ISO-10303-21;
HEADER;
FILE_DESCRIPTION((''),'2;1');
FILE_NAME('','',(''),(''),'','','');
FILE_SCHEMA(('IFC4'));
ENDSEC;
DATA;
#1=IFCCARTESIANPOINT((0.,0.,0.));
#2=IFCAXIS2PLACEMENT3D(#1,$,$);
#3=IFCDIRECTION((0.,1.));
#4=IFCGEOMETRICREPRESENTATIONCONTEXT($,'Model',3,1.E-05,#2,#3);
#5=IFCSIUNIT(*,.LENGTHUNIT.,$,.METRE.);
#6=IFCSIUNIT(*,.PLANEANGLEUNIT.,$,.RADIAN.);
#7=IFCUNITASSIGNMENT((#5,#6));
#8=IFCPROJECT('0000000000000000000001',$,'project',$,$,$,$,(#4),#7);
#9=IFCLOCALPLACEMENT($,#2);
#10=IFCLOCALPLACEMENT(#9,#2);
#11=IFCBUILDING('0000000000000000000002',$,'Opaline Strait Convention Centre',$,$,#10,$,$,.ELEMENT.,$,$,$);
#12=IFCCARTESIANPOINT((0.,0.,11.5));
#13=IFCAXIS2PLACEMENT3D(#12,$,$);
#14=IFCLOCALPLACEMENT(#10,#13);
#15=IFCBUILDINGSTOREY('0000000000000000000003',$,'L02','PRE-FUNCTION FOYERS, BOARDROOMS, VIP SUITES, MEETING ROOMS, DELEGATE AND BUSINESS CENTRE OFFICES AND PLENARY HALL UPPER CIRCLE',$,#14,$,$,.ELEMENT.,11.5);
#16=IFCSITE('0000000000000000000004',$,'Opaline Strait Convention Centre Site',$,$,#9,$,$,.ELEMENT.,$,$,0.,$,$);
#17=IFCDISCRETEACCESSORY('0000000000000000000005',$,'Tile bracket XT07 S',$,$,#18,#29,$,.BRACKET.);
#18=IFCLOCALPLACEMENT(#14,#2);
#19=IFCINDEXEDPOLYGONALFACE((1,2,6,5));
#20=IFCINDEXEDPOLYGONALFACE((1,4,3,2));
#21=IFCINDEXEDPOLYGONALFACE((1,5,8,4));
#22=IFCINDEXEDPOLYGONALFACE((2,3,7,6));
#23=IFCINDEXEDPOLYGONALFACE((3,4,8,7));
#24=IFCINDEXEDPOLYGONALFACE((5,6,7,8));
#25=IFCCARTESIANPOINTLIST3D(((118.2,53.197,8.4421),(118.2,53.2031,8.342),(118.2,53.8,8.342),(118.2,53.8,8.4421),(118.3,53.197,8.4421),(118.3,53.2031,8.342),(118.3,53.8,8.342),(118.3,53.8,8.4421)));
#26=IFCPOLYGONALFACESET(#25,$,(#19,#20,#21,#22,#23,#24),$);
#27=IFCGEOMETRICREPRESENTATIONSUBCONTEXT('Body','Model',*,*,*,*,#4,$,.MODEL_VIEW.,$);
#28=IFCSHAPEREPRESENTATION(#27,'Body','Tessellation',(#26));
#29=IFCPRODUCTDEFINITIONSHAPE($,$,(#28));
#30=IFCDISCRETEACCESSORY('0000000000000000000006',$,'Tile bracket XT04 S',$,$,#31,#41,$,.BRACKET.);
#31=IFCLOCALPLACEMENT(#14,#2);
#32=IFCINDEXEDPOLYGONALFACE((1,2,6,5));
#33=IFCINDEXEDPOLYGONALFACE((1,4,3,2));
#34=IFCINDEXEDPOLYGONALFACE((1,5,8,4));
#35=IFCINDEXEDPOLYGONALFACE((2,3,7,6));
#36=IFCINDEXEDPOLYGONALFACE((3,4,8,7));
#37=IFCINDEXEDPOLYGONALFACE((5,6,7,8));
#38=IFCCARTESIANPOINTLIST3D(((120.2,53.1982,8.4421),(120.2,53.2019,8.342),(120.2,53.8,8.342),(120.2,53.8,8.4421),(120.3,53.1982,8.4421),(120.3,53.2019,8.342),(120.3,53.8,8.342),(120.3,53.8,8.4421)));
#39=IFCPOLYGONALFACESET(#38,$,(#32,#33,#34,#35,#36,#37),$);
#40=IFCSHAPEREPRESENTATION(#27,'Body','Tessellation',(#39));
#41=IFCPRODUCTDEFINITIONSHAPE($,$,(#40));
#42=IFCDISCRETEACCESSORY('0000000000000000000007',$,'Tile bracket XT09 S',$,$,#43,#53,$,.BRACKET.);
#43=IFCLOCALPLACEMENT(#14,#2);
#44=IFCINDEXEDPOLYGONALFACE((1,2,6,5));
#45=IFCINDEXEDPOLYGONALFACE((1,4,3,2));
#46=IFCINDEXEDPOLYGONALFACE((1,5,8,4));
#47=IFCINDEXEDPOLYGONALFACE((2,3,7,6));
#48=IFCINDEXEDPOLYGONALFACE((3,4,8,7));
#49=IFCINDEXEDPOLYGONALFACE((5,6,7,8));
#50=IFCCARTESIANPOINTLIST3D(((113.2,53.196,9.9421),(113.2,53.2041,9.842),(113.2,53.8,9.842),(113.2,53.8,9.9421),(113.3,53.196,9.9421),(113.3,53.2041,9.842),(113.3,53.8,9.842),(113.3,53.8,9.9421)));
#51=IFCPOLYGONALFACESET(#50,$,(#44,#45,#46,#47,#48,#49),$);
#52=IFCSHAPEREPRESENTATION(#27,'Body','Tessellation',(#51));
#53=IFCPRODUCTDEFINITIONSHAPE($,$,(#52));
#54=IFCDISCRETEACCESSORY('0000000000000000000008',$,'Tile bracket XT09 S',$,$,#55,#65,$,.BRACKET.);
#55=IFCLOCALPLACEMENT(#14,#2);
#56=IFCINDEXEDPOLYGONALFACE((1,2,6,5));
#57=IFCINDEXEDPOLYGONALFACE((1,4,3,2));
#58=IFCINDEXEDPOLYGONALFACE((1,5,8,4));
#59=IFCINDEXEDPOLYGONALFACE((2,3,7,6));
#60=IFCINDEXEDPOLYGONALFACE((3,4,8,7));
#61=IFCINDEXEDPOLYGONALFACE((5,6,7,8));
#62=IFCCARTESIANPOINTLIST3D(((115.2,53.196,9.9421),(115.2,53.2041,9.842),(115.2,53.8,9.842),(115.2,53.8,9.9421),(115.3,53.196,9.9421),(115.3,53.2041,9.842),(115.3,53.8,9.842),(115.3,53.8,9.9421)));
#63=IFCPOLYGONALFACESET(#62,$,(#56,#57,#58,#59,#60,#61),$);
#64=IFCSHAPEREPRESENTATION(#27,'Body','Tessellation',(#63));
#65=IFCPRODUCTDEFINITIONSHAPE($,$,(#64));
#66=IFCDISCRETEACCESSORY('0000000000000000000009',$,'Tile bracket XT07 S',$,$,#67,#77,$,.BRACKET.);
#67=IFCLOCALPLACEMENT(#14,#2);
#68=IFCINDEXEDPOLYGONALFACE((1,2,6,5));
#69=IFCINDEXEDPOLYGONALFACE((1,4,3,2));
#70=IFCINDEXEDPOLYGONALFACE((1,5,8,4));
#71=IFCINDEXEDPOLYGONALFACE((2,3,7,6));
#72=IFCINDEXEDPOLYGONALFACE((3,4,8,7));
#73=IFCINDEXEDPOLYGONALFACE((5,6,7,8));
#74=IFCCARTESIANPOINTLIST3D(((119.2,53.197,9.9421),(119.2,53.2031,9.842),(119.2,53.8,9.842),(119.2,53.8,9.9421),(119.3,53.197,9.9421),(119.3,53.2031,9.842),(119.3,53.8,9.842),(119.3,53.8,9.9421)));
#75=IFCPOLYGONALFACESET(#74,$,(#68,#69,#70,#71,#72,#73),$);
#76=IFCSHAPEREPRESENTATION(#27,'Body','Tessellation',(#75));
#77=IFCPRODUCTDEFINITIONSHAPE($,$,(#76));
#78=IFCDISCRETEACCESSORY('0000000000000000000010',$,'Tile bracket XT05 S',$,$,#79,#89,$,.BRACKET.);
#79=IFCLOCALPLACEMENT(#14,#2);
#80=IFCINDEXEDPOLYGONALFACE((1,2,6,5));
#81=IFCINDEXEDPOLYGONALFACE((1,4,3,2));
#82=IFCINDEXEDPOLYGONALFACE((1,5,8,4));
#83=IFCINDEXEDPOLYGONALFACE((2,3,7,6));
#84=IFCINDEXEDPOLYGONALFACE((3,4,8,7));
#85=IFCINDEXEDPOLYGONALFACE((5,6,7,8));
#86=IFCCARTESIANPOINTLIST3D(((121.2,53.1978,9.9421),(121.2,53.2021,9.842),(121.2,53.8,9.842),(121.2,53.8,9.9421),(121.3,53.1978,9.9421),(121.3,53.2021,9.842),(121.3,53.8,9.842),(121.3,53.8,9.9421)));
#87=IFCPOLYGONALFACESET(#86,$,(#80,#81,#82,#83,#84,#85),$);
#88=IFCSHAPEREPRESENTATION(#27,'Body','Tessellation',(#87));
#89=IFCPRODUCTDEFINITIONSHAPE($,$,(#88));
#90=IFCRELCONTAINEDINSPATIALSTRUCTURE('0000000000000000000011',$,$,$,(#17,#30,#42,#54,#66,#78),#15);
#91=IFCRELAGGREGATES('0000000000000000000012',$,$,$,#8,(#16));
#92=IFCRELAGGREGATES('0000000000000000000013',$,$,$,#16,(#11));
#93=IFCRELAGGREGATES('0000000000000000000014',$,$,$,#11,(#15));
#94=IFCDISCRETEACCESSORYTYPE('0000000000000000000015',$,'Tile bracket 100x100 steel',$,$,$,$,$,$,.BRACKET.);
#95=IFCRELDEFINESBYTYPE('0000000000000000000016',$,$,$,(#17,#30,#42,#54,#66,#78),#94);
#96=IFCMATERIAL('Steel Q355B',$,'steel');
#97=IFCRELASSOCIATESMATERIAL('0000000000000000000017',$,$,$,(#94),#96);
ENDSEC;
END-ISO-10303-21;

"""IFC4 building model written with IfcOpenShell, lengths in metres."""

from ifc_helpers import new_model, si_unit, direction, frame, origin, place, context, subcontext, project, spatial, polyline, outline, extrude, material, type_object, element, save


model = new_model("IFC4")

# Units and contexts
model_context = context("Model", 3, precision=1e-05, world=origin(), true_north=direction((0.0, 1.0)))
body_context = subcontext(model_context, "Body", "Model", "MODEL_VIEW")
ifc_project = project(units=[si_unit("LENGTHUNIT", "METRE"), si_unit("PLANEANGLEUNIT", "RADIAN")], contexts=[model_context])

# Site, building, storey
site_placement = place(None, origin())
site = spatial("IfcSite", under=ifc_project, at=site_placement, Name="Opaline Strait Convention Centre Site", CompositionType="ELEMENT", RefElevation=0.0)
building_placement = place(site_placement, origin())
building = spatial("IfcBuilding", under=site, at=building_placement, Name="Opaline Strait Convention Centre", CompositionType="ELEMENT")
storey_placement = place(building_placement, frame((0.0, 0.0, 11.5)))
storey = spatial("IfcBuildingStorey", under=building, at=storey_placement, Name="L02", Description="PRE-FUNCTION FOYERS, BOARDROOMS, VIP SUITES, MEETING ROOMS, DELEGATE AND BUSINESS CENTRE OFFICES AND PLENARY HALL UPPER CIRCLE", CompositionType="ELEMENT", Elevation=11.5)

# Shared definitions
ifc_material_1 = material(Name="Steel Q355B", Category="steel")

# Discrete accessories
discrete_accessory_type = type_object("IfcDiscreteAccessoryType", Name="Tile bracket 100x100 steel", PredefinedType="BRACKET", material=ifc_material_1)
discrete_accessory_1_placement = place(storey_placement, frame((118.2, 53.8, 8.3921), z_axis=(1.0, 0.0, 0.0), x_axis=(0.0, 1.0, 0.0)))
element("IfcDiscreteAccessory", 1, at=discrete_accessory_1_placement, inside=storey, type_object=discrete_accessory_type, Name="Tile bracket XT07 S", PredefinedType="BRACKET", context=body_context, shape_type="SweptSolid", body=[
    extrude(outline(polyline([(0.0, -0.05), (0.0, 0.05), (-0.603, 0.05), (-0.5969, -0.05), (0.0, -0.05)])), origin(), (0.0, 0.0, 1.0), 0.1001),
])
discrete_accessory_2_placement = place(storey_placement, frame((120.2, 53.8, 8.3921), z_axis=(1.0, 0.0, 0.0), x_axis=(0.0, 1.0, 0.0)))
element("IfcDiscreteAccessory", 2, at=discrete_accessory_2_placement, inside=storey, type_object=discrete_accessory_type, Name="Tile bracket XT04 S", PredefinedType="BRACKET", context=body_context, shape_type="SweptSolid", body=[
    extrude(outline(polyline([(0.0, -0.05), (0.0, 0.05), (-0.6018, 0.05), (-0.5981, -0.05), (0.0, -0.05)])), origin(), (0.0, 0.0, 1.0), 0.1001),
])
for number, where, z_axis, x_axis, name in (
    (3, (113.2, 53.8, 9.8921), (1.0, 0.0, 0.0), (0.0, 1.0, 0.0), "Tile bracket XT09 S"),
    (4, (115.2, 53.8, 9.8921), (1.0, 0.0, 0.0), (0.0, 1.0, 0.0), "Tile bracket XT09 S"),
):
    element("IfcDiscreteAccessory", number, at=place(storey_placement, frame(where, z_axis=z_axis, x_axis=x_axis)), inside=storey, type_object=discrete_accessory_type, Name=name, PredefinedType="BRACKET", context=body_context, shape_type="SweptSolid", body=[
        extrude(outline(polyline([(0.0, -0.05), (0.0, 0.05), (-0.604, 0.05), (-0.5959, -0.05), (0.0, -0.05)])), origin(), (0.0, 0.0, 1.0), 0.1001),
    ])
discrete_accessory_3_placement = place(storey_placement, frame((119.2, 53.8, 9.8921), z_axis=(1.0, 0.0, 0.0), x_axis=(0.0, 1.0, 0.0)))
element("IfcDiscreteAccessory", 5, at=discrete_accessory_3_placement, inside=storey, type_object=discrete_accessory_type, Name="Tile bracket XT07 S", PredefinedType="BRACKET", context=body_context, shape_type="SweptSolid", body=[
    extrude(outline(polyline([(0.0, -0.05), (0.0, 0.05), (-0.603, 0.05), (-0.5969, -0.05), (0.0, -0.05)])), origin(), (0.0, 0.0, 1.0), 0.1001),
])
discrete_accessory_4_placement = place(storey_placement, frame((121.2, 53.8, 9.8921), z_axis=(1.0, 0.0, 0.0), x_axis=(0.0, 1.0, 0.0)))
element("IfcDiscreteAccessory", 6, at=discrete_accessory_4_placement, inside=storey, type_object=discrete_accessory_type, Name="Tile bracket XT05 S", PredefinedType="BRACKET", context=body_context, shape_type="SweptSolid", body=[
    extrude(outline(polyline([(0.0, -0.05), (0.0, 0.05), (-0.6023, 0.05), (-0.5979, -0.05), (0.0, -0.05)])), origin(), (0.0, 0.0, 1.0), 0.1001),
])

save(model, "model.ifc")
